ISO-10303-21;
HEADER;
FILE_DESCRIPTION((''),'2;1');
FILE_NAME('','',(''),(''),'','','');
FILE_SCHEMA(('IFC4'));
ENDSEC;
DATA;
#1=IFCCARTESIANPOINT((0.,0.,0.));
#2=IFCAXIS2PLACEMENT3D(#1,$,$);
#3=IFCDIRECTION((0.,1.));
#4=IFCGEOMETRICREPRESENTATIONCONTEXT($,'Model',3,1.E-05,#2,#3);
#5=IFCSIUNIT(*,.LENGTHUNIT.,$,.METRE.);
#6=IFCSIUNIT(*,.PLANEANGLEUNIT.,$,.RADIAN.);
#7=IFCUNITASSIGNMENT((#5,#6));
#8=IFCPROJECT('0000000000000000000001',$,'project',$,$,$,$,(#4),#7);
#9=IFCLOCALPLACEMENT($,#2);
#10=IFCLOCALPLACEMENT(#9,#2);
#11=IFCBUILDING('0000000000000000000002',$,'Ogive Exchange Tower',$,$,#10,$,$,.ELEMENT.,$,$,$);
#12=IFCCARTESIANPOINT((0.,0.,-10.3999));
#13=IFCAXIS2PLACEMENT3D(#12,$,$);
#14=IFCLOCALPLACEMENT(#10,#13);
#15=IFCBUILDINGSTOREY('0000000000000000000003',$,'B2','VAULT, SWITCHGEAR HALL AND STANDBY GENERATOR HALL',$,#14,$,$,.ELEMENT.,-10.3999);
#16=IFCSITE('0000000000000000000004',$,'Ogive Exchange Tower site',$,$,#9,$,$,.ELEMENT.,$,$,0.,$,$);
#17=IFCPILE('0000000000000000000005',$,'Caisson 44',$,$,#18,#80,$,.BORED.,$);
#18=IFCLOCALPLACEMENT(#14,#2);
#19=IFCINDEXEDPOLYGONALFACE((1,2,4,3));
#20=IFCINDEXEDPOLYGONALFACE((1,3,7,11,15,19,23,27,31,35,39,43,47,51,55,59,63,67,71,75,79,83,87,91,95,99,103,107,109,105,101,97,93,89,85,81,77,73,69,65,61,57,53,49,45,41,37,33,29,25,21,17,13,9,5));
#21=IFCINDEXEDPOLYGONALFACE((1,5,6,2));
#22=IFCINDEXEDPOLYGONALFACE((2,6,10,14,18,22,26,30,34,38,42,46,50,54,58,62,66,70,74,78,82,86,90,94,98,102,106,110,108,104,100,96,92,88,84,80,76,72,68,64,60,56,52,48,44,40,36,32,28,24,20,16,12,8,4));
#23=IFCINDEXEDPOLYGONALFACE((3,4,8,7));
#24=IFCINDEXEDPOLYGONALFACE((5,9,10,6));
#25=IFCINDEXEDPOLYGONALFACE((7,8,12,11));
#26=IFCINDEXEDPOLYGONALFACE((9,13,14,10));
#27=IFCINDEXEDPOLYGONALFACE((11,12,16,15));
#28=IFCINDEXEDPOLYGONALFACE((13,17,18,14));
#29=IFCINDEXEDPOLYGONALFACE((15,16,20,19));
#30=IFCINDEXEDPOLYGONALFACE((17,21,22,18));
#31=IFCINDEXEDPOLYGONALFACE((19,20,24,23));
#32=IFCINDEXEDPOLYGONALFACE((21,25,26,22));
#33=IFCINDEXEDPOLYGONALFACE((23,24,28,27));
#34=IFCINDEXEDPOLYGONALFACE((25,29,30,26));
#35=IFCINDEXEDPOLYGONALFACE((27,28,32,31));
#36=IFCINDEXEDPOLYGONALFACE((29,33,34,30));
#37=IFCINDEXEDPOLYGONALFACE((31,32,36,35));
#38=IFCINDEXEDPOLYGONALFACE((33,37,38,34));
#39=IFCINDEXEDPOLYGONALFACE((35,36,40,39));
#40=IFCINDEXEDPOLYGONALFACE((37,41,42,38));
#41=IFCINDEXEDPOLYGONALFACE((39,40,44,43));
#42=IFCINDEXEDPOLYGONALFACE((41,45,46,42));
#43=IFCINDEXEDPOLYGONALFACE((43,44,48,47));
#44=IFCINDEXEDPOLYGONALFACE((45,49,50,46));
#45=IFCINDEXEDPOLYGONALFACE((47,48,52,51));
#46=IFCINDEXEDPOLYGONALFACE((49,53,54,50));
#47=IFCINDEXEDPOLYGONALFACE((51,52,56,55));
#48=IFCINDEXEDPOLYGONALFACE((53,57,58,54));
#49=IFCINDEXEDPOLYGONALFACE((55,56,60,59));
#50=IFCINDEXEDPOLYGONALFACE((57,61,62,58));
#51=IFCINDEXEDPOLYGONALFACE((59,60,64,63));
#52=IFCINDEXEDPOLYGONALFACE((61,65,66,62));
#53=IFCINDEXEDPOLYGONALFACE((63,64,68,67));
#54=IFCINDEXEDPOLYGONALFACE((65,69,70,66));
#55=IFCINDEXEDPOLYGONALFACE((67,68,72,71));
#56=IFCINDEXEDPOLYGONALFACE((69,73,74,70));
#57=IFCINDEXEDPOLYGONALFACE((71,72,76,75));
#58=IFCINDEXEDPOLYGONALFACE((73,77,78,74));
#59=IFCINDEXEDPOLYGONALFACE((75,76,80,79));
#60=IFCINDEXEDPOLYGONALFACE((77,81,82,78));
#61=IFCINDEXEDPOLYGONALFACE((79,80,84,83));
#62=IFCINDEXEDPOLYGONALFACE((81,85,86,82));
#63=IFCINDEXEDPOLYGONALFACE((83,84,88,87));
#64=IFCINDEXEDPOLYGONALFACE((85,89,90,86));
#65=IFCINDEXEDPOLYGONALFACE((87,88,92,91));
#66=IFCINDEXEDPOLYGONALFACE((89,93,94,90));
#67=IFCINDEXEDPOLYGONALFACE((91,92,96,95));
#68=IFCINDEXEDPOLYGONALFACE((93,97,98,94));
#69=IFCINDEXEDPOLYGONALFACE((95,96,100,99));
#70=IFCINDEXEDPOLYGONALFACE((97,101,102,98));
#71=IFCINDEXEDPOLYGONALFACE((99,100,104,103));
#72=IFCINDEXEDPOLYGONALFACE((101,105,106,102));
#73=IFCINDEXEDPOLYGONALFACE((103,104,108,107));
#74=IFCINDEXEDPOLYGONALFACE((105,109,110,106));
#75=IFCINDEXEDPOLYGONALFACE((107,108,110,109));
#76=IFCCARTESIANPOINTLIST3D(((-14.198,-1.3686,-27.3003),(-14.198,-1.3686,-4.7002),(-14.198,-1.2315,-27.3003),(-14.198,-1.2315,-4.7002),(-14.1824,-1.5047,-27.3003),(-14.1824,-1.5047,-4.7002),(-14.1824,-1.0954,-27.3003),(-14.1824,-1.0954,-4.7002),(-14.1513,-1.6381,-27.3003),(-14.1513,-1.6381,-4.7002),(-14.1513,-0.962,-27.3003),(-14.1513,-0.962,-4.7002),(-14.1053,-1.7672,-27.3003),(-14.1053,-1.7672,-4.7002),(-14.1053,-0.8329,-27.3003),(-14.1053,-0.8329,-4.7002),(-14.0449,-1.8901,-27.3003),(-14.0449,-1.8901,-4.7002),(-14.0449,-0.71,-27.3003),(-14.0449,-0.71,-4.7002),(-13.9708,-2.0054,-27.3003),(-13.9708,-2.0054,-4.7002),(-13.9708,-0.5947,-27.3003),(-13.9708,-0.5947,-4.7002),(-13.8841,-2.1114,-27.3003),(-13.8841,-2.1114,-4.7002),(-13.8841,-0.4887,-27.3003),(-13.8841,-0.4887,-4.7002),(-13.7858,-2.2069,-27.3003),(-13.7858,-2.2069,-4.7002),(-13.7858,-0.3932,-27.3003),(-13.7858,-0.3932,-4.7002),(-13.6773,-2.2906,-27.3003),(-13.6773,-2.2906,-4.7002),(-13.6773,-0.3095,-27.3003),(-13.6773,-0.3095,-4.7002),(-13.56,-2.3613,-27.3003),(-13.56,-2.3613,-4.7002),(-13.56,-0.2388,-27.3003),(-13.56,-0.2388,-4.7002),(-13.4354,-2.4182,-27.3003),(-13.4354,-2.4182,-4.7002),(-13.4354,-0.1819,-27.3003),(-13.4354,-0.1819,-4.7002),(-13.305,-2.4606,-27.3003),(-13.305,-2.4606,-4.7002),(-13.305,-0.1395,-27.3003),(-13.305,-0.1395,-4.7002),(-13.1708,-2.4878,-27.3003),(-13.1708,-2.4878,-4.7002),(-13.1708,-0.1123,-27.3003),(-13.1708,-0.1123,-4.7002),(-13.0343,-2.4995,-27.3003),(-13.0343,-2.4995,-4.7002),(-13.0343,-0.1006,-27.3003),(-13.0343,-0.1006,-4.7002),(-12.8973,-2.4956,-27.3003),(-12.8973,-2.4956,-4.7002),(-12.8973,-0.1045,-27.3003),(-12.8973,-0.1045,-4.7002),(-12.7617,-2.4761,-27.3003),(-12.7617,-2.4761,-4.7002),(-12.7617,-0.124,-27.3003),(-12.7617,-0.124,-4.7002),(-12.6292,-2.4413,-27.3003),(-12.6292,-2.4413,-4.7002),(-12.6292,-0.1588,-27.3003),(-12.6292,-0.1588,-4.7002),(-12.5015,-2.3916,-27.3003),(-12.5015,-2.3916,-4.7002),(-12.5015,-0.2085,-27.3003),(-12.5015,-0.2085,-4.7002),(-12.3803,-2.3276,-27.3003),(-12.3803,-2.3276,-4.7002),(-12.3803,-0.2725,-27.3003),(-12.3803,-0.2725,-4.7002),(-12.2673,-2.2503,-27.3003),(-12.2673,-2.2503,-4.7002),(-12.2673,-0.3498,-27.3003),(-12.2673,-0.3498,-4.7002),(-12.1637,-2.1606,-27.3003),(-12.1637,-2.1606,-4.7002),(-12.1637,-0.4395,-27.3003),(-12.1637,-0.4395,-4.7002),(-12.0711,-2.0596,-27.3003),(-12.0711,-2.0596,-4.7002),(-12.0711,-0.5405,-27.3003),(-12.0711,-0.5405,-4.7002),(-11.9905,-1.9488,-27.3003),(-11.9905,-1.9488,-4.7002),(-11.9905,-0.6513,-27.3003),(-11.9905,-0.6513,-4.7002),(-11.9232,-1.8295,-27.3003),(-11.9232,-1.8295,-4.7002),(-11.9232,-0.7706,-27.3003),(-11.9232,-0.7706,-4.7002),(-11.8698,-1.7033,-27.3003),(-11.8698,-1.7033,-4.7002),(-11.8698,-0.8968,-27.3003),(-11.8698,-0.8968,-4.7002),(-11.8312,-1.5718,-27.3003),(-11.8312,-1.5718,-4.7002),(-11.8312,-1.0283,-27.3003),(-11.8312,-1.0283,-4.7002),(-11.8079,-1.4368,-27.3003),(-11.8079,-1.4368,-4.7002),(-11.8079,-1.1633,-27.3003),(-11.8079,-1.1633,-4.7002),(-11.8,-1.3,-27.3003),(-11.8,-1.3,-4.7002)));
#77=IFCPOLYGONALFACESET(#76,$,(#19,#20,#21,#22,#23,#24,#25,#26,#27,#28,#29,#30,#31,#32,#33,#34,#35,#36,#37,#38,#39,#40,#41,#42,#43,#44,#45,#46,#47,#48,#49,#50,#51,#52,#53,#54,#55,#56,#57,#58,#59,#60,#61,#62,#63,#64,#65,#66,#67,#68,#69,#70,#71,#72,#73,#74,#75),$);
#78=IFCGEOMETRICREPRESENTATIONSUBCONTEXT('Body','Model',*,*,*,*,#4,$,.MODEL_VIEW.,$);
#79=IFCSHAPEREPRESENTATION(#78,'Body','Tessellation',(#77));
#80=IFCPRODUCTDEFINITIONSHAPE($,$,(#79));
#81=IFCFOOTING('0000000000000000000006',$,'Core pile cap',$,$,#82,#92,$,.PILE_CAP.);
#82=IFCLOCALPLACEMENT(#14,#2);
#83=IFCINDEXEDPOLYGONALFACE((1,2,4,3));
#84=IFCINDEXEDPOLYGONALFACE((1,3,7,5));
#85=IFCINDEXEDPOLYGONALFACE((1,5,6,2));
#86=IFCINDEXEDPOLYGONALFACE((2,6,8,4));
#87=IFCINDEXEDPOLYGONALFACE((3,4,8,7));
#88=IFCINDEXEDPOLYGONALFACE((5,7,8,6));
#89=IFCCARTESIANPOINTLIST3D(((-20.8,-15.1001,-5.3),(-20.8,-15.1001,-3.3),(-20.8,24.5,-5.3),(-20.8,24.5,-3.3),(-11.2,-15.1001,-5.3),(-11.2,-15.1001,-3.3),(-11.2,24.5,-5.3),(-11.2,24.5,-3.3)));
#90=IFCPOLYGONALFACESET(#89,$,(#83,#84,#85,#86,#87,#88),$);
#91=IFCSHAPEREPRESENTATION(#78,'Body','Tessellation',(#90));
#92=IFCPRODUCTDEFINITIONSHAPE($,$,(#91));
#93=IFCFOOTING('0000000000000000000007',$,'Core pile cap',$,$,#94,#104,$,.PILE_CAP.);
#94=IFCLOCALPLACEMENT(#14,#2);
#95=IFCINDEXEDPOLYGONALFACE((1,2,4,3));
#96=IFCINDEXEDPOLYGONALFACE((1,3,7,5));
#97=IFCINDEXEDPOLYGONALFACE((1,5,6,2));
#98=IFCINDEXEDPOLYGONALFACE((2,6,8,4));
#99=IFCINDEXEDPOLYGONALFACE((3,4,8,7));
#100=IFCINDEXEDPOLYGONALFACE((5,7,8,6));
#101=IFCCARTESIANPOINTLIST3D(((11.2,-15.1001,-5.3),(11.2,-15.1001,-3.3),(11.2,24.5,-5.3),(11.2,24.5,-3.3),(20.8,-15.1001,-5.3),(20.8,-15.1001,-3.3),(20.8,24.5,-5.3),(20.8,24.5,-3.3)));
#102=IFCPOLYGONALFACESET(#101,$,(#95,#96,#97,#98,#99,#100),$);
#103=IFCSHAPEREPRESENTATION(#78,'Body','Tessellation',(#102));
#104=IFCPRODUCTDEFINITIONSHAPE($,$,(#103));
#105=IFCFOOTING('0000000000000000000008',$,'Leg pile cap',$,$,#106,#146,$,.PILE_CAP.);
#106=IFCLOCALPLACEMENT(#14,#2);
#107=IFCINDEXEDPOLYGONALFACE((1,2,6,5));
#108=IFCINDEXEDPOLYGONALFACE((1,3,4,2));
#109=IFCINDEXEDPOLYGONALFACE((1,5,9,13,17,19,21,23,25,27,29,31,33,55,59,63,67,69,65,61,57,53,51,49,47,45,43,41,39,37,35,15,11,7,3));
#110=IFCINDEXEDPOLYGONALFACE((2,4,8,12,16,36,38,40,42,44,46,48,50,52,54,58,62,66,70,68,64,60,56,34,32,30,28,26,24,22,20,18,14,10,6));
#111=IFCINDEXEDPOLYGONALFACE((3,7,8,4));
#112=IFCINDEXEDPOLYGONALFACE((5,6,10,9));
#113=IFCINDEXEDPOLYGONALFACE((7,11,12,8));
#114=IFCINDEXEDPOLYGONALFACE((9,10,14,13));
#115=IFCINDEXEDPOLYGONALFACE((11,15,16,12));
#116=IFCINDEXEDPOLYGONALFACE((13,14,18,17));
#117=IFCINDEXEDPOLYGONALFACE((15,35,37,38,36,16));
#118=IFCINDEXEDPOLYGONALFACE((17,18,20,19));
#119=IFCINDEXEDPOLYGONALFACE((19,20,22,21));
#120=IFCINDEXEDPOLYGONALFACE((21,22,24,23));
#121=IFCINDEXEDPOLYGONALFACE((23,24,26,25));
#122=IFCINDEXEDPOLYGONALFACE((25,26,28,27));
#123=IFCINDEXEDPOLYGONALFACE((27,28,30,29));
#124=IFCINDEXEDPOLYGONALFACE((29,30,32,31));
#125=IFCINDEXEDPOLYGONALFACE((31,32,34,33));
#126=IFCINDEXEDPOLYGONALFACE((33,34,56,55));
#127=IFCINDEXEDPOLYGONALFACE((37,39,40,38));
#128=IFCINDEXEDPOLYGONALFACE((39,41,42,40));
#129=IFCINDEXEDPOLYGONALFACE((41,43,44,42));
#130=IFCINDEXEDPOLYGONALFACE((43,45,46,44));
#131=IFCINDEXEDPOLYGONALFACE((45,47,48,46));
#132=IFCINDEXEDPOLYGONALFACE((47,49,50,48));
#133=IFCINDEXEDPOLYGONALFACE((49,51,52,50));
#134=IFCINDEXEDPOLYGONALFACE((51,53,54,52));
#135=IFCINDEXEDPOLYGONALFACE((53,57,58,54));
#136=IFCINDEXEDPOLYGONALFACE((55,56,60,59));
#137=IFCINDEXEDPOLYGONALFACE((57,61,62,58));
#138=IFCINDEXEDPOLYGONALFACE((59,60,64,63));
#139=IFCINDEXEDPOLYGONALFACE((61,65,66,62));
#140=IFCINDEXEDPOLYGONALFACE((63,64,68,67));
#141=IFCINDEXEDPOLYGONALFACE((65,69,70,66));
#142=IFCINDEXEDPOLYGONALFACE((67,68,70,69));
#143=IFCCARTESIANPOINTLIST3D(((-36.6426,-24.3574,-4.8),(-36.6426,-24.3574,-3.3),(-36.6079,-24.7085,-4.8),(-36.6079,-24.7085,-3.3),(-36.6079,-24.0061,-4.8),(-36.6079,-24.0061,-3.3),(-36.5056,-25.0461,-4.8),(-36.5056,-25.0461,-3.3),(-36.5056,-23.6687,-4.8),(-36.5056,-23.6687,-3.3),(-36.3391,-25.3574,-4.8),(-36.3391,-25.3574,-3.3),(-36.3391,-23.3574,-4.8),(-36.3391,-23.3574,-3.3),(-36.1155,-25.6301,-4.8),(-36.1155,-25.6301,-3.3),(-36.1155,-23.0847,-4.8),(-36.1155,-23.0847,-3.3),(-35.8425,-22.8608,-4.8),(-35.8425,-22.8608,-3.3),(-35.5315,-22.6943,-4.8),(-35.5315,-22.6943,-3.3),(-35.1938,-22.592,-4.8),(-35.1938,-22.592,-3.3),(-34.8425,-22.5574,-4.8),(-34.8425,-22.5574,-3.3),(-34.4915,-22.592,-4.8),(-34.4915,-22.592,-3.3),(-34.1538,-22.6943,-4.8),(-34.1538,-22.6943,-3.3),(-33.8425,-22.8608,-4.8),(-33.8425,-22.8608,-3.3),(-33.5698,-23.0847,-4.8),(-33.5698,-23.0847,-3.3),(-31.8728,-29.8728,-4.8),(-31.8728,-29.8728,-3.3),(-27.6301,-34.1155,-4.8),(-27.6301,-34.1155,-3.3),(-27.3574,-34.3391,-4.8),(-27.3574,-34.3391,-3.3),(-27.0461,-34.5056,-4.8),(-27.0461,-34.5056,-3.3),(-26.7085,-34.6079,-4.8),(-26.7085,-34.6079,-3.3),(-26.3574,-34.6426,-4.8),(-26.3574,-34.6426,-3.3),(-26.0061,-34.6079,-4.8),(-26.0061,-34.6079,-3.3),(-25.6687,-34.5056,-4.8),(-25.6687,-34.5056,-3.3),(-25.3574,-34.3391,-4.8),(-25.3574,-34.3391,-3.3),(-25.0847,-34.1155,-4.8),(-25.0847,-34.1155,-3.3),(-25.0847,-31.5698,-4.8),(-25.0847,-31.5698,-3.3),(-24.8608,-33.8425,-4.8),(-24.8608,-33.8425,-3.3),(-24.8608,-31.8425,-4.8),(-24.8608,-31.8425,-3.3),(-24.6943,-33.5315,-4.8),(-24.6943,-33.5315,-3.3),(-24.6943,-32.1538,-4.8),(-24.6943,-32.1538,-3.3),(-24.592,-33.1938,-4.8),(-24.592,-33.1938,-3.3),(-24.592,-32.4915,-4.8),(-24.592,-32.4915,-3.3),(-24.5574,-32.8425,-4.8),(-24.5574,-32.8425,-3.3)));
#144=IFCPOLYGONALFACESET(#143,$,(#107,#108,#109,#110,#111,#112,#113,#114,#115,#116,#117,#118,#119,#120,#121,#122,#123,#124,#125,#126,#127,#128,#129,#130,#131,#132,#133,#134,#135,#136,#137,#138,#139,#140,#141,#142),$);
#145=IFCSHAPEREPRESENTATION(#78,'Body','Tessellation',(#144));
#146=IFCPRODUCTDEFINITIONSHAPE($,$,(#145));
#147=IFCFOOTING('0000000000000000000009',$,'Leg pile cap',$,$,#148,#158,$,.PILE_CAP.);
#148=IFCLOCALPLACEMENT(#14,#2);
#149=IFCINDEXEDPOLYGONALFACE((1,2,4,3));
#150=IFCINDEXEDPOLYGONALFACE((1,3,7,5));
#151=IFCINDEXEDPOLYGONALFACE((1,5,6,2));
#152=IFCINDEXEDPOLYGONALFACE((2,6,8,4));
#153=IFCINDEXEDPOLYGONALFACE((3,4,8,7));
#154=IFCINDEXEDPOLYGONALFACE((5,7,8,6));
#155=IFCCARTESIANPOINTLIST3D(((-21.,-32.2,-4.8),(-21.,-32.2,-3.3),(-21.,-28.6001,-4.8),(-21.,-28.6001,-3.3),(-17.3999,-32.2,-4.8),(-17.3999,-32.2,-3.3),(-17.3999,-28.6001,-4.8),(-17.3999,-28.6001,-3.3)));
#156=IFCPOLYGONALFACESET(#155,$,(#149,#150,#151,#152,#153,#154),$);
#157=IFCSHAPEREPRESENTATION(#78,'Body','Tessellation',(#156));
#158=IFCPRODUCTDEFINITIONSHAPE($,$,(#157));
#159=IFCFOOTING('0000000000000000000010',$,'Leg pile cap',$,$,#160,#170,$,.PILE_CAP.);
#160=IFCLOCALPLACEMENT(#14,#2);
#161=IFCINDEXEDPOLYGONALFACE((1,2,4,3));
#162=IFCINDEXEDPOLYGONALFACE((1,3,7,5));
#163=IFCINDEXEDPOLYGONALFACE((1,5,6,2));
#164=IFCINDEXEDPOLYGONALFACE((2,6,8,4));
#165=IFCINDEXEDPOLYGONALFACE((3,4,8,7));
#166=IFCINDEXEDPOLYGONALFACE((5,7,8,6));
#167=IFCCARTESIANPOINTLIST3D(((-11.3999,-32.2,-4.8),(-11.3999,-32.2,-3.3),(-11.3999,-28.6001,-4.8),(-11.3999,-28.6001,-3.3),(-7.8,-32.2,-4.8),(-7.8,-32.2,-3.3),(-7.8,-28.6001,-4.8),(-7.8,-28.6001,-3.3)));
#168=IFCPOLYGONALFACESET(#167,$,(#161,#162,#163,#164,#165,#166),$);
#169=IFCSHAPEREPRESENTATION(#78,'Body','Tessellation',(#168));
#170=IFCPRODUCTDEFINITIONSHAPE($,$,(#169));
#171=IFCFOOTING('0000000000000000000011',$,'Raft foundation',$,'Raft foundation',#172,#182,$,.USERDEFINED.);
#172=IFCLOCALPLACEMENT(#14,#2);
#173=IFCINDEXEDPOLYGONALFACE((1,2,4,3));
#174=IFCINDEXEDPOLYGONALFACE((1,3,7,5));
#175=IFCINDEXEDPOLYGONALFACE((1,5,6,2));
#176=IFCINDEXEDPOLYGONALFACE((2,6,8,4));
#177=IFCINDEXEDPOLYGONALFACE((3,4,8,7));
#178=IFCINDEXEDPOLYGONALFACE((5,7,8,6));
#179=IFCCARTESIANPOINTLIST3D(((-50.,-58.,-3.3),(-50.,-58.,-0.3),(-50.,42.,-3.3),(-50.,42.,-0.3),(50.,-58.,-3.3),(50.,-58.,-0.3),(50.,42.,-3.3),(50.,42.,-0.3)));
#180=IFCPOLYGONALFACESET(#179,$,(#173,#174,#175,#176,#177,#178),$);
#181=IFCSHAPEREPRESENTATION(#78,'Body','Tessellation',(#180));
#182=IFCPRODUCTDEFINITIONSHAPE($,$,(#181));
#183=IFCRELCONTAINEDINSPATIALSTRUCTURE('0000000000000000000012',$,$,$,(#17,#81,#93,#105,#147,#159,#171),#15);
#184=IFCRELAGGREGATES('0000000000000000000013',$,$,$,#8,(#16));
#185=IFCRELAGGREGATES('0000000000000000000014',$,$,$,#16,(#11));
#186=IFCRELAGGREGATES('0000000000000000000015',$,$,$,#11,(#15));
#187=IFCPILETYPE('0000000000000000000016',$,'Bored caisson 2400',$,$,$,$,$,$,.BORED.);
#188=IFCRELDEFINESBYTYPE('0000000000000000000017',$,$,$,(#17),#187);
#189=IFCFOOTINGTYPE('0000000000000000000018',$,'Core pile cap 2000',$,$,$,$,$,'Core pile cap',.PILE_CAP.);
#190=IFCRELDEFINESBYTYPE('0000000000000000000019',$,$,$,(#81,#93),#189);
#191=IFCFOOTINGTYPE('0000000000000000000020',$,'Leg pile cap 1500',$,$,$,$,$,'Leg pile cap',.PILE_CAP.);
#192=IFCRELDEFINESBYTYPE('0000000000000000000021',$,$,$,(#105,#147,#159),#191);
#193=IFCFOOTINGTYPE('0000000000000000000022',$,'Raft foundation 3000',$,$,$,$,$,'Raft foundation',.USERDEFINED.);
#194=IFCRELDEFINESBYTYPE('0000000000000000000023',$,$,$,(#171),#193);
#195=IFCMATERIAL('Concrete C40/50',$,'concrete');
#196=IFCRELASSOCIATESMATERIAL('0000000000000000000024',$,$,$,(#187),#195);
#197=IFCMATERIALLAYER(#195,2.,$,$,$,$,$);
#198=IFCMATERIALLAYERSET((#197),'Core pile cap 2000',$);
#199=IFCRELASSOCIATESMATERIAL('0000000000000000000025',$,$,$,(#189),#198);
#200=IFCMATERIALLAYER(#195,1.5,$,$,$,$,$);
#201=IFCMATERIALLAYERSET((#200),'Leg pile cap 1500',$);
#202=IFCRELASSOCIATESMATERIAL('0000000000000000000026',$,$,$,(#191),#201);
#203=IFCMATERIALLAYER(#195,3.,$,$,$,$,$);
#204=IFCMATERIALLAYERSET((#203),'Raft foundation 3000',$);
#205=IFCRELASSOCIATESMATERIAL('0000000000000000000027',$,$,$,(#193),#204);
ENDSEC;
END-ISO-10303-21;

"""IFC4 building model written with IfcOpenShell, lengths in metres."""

from ifc_helpers import new_model, si_unit, direction, frame, origin, origin_2d, place, context, subcontext, project, spatial, polyline, circle, outline, extrude, material, layer, layer_set, material_profile, profile_set, type_object, element, save


model = new_model("IFC4")

# Units and contexts
model_context = context("Model", 3, precision=1e-05, world=origin(), true_north=direction((0.0, 1.0)))
body_context = subcontext(model_context, "Body", "Model", "MODEL_VIEW")
ifc_project = project(units=[si_unit("LENGTHUNIT", "METRE"), si_unit("PLANEANGLEUNIT", "RADIAN")], contexts=[model_context])

# Site, building, storey
site_placement = place(None, origin())
site = spatial("IfcSite", under=ifc_project, at=site_placement, Name="Ogive Exchange Tower site", CompositionType="ELEMENT", RefElevation=0.0)
building_placement = place(site_placement, origin())
building = spatial("IfcBuilding", under=site, at=building_placement, Name="Ogive Exchange Tower", CompositionType="ELEMENT")
storey_placement = place(building_placement, frame((0.0, 0.0, -10.3999)))
storey = spatial("IfcBuildingStorey", under=building, at=storey_placement, Name="B2", Description="VAULT, SWITCHGEAR HALL AND STANDBY GENERATOR HALL", CompositionType="ELEMENT", Elevation=-10.3999)

# Pile
ifc_material_1 = material(Name="Concrete C40/50", Category="concrete")
ifc_material_profile = material_profile(ifc_material_1, circle(Radius=1.2, at=origin_2d()), Name="RC caisson 2400")
ifc_profile_set = profile_set([ifc_material_profile], Name="Concrete C40/50")
pile_type = type_object("IfcPileType", Name="Bored caisson 2400", PredefinedType="BORED", material=ifc_profile_set)
pile_placement = place(storey_placement, frame((-13.0, -1.3, -4.7002), z_axis=(0.0, 0.0, -1.0), x_axis=(1.0, 0.0, 0.0)))
element("IfcPile", 1, at=pile_placement, inside=storey, type_object=pile_type, Name="Caisson 44", PredefinedType="BORED", context=body_context, shape_type="SweptSolid", body=[
    extrude(circle(Radius=1.2, at=origin_2d()), origin(), (0.0, 0.0, 1.0), 22.6001),
])

# Footings
ifc_layer_1 = layer(ifc_material_1, 2.0)
ifc_layer_set_1 = layer_set([ifc_layer_1], Name="Core pile cap 2000")
footing_type_1 = type_object("IfcFootingType", Name="Core pile cap 2000", ElementType="Core pile cap", PredefinedType="PILE_CAP", material=ifc_layer_set_1)
footing_1_placement = place(storey_placement, frame((0.0, 0.0, -5.3)))
element("IfcFooting", 2, at=footing_1_placement, inside=storey, type_object=footing_type_1, Name="Core pile cap", PredefinedType="PILE_CAP", context=body_context, shape_type="SweptSolid", body=[
    extrude(outline(polyline([(-11.2, -15.1001), (-11.2, 24.5), (-20.8, 24.5), (-20.8, -15.1001), (-11.2, -15.1001)])), origin(), (0.0, 0.0, 1.0), 2.0),
])
footing_2_placement = place(storey_placement, frame((0.0, 0.0, -5.3)))
element("IfcFooting", 3, at=footing_2_placement, inside=storey, type_object=footing_type_1, Name="Core pile cap", PredefinedType="PILE_CAP", context=body_context, shape_type="SweptSolid", body=[
    extrude(outline(polyline([(20.8, -15.1001), (20.8, 24.5), (11.2, 24.5), (11.2, -15.1001), (20.8, -15.1001)])), origin(), (0.0, 0.0, 1.0), 2.0),
])
ifc_layer_2 = layer(ifc_material_1, 1.5)
ifc_layer_set_2 = layer_set([ifc_layer_2], Name="Leg pile cap 1500")
footing_type_2 = type_object("IfcFootingType", Name="Leg pile cap 1500", ElementType="Leg pile cap", PredefinedType="PILE_CAP", material=ifc_layer_set_2)
footing_3_placement = place(storey_placement, frame((0.0, 0.0, -4.8)))
element("IfcFooting", 4, at=footing_3_placement, inside=storey, type_object=footing_type_2, Name="Leg pile cap", PredefinedType="PILE_CAP", context=body_context, shape_type="SweptSolid", body=[
    extrude(outline(polyline([(-26.3574, -34.6426), (-26.7085, -34.6079), (-27.0461, -34.5056), (-27.3574, -34.3391), (-27.6301, -34.1155), (-31.8728, -29.8728), (-36.1155, -25.6301), (-36.3391, -25.3574), (-36.5056, -25.0461), (-36.6079, -24.7085), (-36.6426, -24.3574), (-36.6079, -24.0061), (-36.5056, -23.6687), (-36.3391, -23.3574), (-36.1155, -23.0847), (-35.8425, -22.8608), (-35.5315, -22.6943), (-35.1938, -22.592), (-34.8425, -22.5574), (-34.4915, -22.592), (-34.1538, -22.6943), (-33.8425, -22.8608), (-33.5698, -23.0847), (-25.0847, -31.5698), (-24.8608, -31.8425), (-24.6943, -32.1538), (-24.592, -32.4915), (-24.5574, -32.8425), (-24.592, -33.1938), (-24.6943, -33.5315), (-24.8608, -33.8425), (-25.0847, -34.1155), (-25.3574, -34.3391), (-25.6687, -34.5056), (-26.0061, -34.6079), (-26.3574, -34.6426)])), origin(), (0.0, 0.0, 1.0), 1.5),
])
footing_4_placement = place(storey_placement, frame((0.0, 0.0, -4.8)))
element("IfcFooting", 5, at=footing_4_placement, inside=storey, type_object=footing_type_2, Name="Leg pile cap", PredefinedType="PILE_CAP", context=body_context, shape_type="SweptSolid", body=[
    extrude(outline(polyline([(-17.3999, -32.2), (-17.3999, -28.6001), (-21.0, -28.6001), (-21.0, -32.2), (-17.3999, -32.2)])), origin(), (0.0, 0.0, 1.0), 1.5),
])
footing_5_placement = place(storey_placement, frame((0.0, 0.0, -4.8)))
element("IfcFooting", 6, at=footing_5_placement, inside=storey, type_object=footing_type_2, Name="Leg pile cap", PredefinedType="PILE_CAP", context=body_context, shape_type="SweptSolid", body=[
    extrude(outline(polyline([(-7.8, -32.2), (-7.8, -28.6001), (-11.3999, -28.6001), (-11.3999, -32.2), (-7.8, -32.2)])), origin(), (0.0, 0.0, 1.0), 1.5),
])
ifc_layer_3 = layer(ifc_material_1, 3.0)
ifc_layer_set_3 = layer_set([ifc_layer_3], Name="Raft foundation 3000")
footing_type_3 = type_object("IfcFootingType", Name="Raft foundation 3000", ElementType="Raft foundation", PredefinedType="USERDEFINED", material=ifc_layer_set_3)
footing_6_placement = place(storey_placement, frame((0.0, 0.0, -3.3)))
element("IfcFooting", 7, at=footing_6_placement, inside=storey, type_object=footing_type_3, Name="Raft foundation", ObjectType="Raft foundation", PredefinedType="USERDEFINED", context=body_context, shape_type="SweptSolid", body=[
    extrude(outline(polyline([(50.0, -58.0), (50.0, 42.0), (-50.0, 42.0), (-50.0, -58.0), (50.0, -58.0)])), origin(), (0.0, 0.0, 1.0), 3.0),
])

save(model, "model.ifc")
